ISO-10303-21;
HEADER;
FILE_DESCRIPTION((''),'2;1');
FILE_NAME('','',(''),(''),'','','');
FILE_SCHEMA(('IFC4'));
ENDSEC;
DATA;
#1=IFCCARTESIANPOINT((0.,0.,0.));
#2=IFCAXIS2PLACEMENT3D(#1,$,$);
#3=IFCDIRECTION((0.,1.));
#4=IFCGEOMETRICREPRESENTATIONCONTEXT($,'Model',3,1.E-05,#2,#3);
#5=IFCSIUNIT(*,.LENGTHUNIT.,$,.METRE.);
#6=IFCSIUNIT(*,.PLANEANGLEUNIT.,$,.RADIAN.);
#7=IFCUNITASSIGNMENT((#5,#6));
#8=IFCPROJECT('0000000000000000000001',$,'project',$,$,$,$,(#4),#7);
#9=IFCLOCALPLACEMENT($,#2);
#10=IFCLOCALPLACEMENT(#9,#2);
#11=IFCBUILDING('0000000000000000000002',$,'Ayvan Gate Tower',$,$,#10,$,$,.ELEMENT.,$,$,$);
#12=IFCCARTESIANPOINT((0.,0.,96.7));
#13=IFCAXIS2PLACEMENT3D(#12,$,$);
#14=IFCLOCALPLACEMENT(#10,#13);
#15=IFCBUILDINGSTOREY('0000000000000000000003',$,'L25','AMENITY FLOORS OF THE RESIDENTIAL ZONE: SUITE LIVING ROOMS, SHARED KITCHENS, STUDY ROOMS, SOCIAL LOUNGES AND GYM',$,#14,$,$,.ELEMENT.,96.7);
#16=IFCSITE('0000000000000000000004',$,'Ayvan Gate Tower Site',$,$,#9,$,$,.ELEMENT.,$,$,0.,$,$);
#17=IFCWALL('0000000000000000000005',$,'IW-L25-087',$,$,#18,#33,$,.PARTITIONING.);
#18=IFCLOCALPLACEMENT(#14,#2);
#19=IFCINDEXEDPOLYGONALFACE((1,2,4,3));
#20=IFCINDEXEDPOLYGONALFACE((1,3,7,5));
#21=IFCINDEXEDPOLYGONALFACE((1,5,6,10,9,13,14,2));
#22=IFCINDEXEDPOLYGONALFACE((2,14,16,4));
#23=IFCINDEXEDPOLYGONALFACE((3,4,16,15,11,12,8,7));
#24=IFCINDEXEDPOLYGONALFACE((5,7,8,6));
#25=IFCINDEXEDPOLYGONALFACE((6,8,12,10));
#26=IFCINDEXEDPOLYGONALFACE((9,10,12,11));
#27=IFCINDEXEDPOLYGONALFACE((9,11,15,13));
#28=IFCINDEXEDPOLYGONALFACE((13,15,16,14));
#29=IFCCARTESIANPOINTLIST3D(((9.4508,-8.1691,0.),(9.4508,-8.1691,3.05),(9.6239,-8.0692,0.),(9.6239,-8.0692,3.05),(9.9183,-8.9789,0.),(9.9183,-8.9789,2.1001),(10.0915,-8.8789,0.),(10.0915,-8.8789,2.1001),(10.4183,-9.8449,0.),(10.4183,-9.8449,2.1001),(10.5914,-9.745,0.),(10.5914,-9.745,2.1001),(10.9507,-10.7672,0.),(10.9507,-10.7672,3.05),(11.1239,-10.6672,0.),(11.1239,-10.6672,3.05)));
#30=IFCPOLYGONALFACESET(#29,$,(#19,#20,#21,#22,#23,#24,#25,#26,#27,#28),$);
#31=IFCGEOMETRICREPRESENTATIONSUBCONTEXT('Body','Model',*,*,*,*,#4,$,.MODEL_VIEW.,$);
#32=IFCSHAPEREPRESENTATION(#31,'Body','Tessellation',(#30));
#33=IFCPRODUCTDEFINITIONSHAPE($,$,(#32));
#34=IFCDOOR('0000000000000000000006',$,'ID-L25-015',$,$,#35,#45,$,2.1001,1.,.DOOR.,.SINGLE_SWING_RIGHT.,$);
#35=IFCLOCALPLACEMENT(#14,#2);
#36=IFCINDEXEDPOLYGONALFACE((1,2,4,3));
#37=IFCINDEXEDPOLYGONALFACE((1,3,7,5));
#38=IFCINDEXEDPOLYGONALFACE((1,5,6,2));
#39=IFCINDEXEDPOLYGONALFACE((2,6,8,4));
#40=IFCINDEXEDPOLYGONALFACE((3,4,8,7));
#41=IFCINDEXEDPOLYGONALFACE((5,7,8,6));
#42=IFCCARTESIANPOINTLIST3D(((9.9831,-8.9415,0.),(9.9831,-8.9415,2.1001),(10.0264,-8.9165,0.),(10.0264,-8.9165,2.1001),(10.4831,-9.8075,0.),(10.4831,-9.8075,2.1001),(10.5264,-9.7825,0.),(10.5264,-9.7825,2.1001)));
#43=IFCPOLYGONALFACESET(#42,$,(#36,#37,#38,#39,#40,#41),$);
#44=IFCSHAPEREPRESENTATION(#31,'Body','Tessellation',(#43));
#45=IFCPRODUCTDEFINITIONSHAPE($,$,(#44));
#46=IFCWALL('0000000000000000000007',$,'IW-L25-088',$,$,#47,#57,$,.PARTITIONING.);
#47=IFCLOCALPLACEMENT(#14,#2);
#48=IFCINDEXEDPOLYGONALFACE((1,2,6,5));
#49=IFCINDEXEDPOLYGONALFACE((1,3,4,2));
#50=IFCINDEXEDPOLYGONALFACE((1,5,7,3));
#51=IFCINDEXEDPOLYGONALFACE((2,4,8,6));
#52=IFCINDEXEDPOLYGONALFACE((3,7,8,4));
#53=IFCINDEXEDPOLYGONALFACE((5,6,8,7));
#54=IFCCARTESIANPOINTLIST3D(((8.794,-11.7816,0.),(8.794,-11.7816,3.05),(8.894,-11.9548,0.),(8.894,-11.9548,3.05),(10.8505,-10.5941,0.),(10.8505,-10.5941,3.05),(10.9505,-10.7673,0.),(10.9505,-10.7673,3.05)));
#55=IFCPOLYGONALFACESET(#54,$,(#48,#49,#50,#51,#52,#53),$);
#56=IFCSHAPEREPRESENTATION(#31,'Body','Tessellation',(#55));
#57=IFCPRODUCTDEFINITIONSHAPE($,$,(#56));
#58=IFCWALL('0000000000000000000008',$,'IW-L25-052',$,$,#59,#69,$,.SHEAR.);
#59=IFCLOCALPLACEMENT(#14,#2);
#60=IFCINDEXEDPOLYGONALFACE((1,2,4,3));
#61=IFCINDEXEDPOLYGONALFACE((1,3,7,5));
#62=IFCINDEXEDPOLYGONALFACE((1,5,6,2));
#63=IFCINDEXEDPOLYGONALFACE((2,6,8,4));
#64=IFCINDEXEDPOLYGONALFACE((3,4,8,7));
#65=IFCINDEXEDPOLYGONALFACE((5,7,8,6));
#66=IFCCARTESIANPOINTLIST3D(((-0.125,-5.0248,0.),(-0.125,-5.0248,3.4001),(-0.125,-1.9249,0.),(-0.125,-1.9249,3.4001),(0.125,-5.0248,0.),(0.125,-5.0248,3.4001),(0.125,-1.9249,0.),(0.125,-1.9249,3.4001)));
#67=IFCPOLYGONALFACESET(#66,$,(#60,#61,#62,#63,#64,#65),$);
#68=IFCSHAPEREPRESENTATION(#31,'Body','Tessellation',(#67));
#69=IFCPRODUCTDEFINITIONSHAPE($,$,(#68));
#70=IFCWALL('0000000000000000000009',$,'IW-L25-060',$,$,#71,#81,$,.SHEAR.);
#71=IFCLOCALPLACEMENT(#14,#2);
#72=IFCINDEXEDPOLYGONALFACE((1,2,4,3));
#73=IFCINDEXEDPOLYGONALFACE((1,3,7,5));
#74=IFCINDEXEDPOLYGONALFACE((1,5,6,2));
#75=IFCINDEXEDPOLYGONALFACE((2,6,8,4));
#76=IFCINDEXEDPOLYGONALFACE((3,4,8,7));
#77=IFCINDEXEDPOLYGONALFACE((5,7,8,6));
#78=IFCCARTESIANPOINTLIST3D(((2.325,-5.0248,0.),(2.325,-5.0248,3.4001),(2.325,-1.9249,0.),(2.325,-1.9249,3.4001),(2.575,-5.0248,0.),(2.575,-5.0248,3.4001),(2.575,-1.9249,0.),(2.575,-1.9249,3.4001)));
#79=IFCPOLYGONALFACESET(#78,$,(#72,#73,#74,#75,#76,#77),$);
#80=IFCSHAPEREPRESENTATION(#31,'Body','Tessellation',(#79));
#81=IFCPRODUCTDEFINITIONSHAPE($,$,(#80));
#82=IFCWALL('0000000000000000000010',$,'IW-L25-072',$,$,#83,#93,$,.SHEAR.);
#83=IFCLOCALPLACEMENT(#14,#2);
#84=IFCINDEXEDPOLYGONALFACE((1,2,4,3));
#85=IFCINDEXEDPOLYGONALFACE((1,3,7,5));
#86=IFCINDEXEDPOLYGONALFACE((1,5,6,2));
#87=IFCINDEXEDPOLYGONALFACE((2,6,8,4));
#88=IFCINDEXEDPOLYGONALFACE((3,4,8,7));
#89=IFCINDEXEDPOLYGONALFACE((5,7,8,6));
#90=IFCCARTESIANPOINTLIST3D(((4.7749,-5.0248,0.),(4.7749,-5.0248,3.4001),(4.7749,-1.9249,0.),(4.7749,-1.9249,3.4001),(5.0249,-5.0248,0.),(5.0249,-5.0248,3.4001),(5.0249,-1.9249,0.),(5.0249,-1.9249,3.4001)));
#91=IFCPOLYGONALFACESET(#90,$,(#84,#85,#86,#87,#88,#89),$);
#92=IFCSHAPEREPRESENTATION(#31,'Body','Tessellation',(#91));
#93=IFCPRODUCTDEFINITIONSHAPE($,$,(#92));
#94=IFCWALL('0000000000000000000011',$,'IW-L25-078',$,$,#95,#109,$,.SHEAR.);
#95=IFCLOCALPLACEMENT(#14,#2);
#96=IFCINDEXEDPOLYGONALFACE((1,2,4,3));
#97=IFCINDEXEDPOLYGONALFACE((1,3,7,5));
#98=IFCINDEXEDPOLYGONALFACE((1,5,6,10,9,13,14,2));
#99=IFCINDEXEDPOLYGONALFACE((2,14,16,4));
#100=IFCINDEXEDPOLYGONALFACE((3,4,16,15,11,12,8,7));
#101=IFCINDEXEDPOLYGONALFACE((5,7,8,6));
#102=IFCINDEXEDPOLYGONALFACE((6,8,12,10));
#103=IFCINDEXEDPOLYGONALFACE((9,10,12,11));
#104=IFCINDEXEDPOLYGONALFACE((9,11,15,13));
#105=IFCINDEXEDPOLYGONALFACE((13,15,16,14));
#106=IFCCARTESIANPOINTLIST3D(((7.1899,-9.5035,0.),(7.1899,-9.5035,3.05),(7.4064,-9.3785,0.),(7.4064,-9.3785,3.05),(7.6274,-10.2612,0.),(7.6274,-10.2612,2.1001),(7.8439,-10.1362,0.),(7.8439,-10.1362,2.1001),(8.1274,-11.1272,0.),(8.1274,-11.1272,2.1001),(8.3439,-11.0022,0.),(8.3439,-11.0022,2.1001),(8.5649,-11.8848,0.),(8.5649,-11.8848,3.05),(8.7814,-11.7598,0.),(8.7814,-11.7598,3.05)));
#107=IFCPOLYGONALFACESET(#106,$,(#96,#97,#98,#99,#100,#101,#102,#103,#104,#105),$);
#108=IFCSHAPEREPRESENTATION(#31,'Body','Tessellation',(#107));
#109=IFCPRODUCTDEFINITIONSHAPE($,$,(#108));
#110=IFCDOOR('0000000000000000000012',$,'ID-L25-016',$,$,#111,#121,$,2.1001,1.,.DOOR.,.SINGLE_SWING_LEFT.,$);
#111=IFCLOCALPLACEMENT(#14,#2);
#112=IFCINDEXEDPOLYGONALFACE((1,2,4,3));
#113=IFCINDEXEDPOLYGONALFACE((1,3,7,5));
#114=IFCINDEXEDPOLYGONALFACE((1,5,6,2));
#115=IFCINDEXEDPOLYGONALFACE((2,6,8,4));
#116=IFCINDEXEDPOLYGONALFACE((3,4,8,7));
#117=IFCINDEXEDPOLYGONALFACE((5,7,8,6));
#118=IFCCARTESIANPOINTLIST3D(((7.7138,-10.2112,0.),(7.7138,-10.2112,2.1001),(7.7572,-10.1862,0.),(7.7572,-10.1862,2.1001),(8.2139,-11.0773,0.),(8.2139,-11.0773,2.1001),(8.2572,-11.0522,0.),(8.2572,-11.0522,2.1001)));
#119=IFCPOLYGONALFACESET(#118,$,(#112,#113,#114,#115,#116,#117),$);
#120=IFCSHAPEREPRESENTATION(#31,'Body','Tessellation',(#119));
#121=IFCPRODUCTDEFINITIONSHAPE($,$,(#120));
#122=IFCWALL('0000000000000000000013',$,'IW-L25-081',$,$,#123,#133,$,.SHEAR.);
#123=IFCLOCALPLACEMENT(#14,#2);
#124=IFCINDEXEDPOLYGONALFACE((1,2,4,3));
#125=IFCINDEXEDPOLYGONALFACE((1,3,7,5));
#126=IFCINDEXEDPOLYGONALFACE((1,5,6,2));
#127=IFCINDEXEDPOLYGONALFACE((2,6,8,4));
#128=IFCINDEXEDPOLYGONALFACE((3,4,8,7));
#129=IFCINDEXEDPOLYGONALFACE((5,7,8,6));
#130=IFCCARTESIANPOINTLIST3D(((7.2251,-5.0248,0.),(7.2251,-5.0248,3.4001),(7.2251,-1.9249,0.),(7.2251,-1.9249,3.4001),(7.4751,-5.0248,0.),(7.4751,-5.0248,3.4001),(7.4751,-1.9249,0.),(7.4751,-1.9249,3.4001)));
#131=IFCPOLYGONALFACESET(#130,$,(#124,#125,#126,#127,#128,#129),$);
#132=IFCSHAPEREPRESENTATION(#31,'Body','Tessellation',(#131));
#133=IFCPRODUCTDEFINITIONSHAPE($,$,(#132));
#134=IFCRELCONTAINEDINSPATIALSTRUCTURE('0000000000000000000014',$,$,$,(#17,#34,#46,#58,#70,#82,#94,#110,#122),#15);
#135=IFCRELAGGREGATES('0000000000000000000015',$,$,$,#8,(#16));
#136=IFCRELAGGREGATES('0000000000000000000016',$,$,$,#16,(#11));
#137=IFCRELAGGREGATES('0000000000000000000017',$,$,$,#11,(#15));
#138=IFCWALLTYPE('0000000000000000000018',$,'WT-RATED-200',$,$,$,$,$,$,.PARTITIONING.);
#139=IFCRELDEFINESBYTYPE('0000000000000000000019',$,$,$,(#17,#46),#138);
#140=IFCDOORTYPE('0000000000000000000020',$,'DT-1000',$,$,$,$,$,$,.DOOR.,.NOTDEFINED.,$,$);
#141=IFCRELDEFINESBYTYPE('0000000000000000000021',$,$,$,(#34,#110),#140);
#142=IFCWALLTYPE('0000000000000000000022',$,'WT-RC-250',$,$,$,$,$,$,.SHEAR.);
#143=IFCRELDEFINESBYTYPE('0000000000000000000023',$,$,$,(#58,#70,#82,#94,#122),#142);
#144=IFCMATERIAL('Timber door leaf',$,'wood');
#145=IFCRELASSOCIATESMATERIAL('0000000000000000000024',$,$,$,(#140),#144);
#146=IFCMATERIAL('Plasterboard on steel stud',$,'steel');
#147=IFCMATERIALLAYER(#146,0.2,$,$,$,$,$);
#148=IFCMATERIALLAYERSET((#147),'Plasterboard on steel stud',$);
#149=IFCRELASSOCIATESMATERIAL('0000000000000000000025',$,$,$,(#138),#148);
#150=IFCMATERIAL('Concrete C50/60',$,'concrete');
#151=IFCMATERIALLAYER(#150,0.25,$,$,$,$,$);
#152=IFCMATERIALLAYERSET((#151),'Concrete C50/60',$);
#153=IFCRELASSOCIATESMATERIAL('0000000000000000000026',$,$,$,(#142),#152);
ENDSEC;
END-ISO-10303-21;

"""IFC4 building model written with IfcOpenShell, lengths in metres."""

from ifc_helpers import new_model, si_unit, direction, frame, frame_2d, origin, place, context, subcontext, project, spatial, rectangle, extrude, material, layer, layer_set, type_object, element, fill, save


model = new_model("IFC4")

# Units and contexts
model_context = context("Model", 3, precision=1e-05, world=origin(), true_north=direction((0.0, 1.0)))
body_context = subcontext(model_context, "Body", "Model", "MODEL_VIEW")
ifc_project = project(units=[si_unit("LENGTHUNIT", "METRE"), si_unit("PLANEANGLEUNIT", "RADIAN")], contexts=[model_context])

# Site, building, storey
site_placement = place(None, origin())
site = spatial("IfcSite", under=ifc_project, at=site_placement, Name="Ayvan Gate Tower Site", CompositionType="ELEMENT", RefElevation=0.0)
building_placement = place(site_placement, origin())
building = spatial("IfcBuilding", under=site, at=building_placement, Name="Ayvan Gate Tower", CompositionType="ELEMENT")
storey_placement = place(building_placement, frame((0.0, 0.0, 96.7)))
storey = spatial("IfcBuildingStorey", under=building, at=storey_placement, Name="L25", Description="AMENITY FLOORS OF THE RESIDENTIAL ZONE: SUITE LIVING ROOMS, SHARED KITCHENS, STUDY ROOMS, SOCIAL LOUNGES AND GYM", CompositionType="ELEMENT", Elevation=96.7)

# Shared definitions
ifc_material_1 = material(Name="Timber door leaf", Category="wood")

# Shared definitions
ifc_material_2 = material(Name="Plasterboard on steel stud", Category="steel")
door_type_1 = type_object("IfcDoorType", Name="DT-1000", OperationType="NOTDEFINED", PredefinedType="DOOR", material=ifc_material_1)

# Shared definitions
ifc_layer_1 = layer(ifc_material_2, 0.2)
ifc_layer_set_1 = layer_set([ifc_layer_1], Name="Plasterboard on steel stud")
wall_type_1 = type_object("IfcWallType", Name="WT-RATED-200", PredefinedType="PARTITIONING", material=ifc_layer_set_1)

# Wall, opening, door
wall_1_placement = place(storey_placement, frame((9.5374, -8.1191, 0.0), z_axis=(0.0, 0.0, 1.0), x_axis=(0.49999, -0.866031, 0.0)))
wall_1 = element("IfcWall", 1, at=wall_1_placement, inside=storey, type_object=wall_type_1, Name="IW-L25-087", PredefinedType="PARTITIONING", context=body_context, shape_type="SweptSolid", body=[
    extrude(rectangle(XDim=3.0, YDim=0.2, at=frame_2d((1.5, 0.0))), origin(), (0.0, 0.0, 1.0), 3.05),
])
opening_1_placement = place(wall_1_placement, frame((0.9351, 0.0, 0.0)))
opening_1 = element("IfcOpeningElement", 2, at=opening_1_placement, cuts=wall_1, PredefinedType="OPENING", context=body_context, shape_type="SweptSolid", body=[
    extrude(rectangle(XDim=1.0, YDim=2.1001, at=frame_2d((0.5, 1.05))), frame((0.0, 0.1099, 0.0), z_axis=(0.0, -1.0, 0.0), x_axis=(1.0, 0.0, 0.0)), (0.0, 0.0, 1.0), 0.22),
])
door_1_placement = place(opening_1_placement, origin())
door_1 = element("IfcDoor", 3, at=door_1_placement, inside=storey, type_object=door_type_1, Name="ID-L25-015", OperationType="SINGLE_SWING_RIGHT", OverallHeight=2.1001, OverallWidth=1.0, PredefinedType="DOOR", context=body_context, shape_type="SweptSolid", body=[
    extrude(rectangle(XDim=1.0, YDim=2.1001, at=frame_2d((0.5, 1.05))), frame((0.0, 0.0249, 0.0), z_axis=(0.0, -1.0, 0.0), x_axis=(1.0, 0.0, 0.0)), (0.0, 0.0, 1.0), 0.05),
])
fill(opening_1, door_1)

# Walls
wall_2_placement = place(storey_placement, frame((10.9006, -10.6807, 0.0), z_axis=(0.0, 0.0, 1.0), x_axis=(-0.866008, -0.500031, 0.0)))
element("IfcWall", 4, at=wall_2_placement, inside=storey, type_object=wall_type_1, Name="IW-L25-088", PredefinedType="PARTITIONING", context=body_context, shape_type="SweptSolid", body=[
    extrude(rectangle(XDim=2.3748, YDim=0.2, at=frame_2d((1.1875, 0.0))), origin(), (0.0, 0.0, 1.0), 3.05),
])
ifc_material_3 = material(Name="Concrete C50/60", Category="concrete")
ifc_layer_2 = layer(ifc_material_3, 0.25)
ifc_layer_set_2 = layer_set([ifc_layer_2], Name="Concrete C50/60")
wall_type_2 = type_object("IfcWallType", Name="WT-RC-250", PredefinedType="SHEAR", material=ifc_layer_set_2)
for number, where, z_axis, x_axis, name in (
    (5, (0.0, -1.925, 0.0), (0.0, 0.0, 1.0), (0.0, -1.0, 0.0), "IW-L25-052"),
    (6, (2.45, -1.925, 0.0), (0.0, 0.0, 1.0), (0.0, -1.0, 0.0), "IW-L25-060"),
    (7, (4.8999, -1.925, 0.0), (0.0, 0.0, 1.0), (0.0, -1.0, 0.0), "IW-L25-072"),
):
    element("IfcWall", number, at=place(storey_placement, frame(where, z_axis=z_axis, x_axis=x_axis)), inside=storey, type_object=wall_type_2, Name=name, PredefinedType="SHEAR", context=body_context, shape_type="SweptSolid", body=[
        extrude(rectangle(XDim=3.0999, YDim=0.25, at=frame_2d((1.5498, 0.0))), origin(), (0.0, 0.0, 1.0), 3.4001),
    ])

# Wall, opening, door
wall_3_placement = place(storey_placement, frame((7.2981, -9.4409, 0.0), z_axis=(0.0, 0.0, 1.0), x_axis=(0.500035, -0.866005, 0.0)))
wall_3 = element("IfcWall", 8, at=wall_3_placement, inside=storey, type_object=wall_type_2, Name="IW-L25-078", PredefinedType="SHEAR", context=body_context, shape_type="SweptSolid", body=[
    extrude(rectangle(XDim=2.7498, YDim=0.25, at=frame_2d((1.375, 0.0))), origin(), (0.0, 0.0, 1.0), 3.05),
])
opening_2_placement = place(wall_3_placement, frame((0.875, 0.0, 0.0)))
opening_2 = element("IfcOpeningElement", 9, at=opening_2_placement, cuts=wall_3, PredefinedType="OPENING", context=body_context, shape_type="SweptSolid", body=[
    extrude(rectangle(XDim=1.0, YDim=2.1001, at=frame_2d((0.5, 1.05))), frame((0.0, 0.135, 0.0), z_axis=(0.0, -1.0, 0.0), x_axis=(1.0, 0.0, 0.0)), (0.0, 0.0, 1.0), 0.27),
])
door_2_placement = place(opening_2_placement, origin())
door_2 = element("IfcDoor", 10, at=door_2_placement, inside=storey, type_object=door_type_1, Name="ID-L25-016", OperationType="SINGLE_SWING_LEFT", OverallHeight=2.1001, OverallWidth=1.0, PredefinedType="DOOR", context=body_context, shape_type="SweptSolid", body=[
    extrude(rectangle(XDim=1.0, YDim=2.1001, at=frame_2d((0.5, 1.05))), frame((0.0, 0.0249, 0.0), z_axis=(0.0, -1.0, 0.0), x_axis=(1.0, 0.0, 0.0)), (0.0, 0.0, 1.0), 0.05),
])
fill(opening_2, door_2)

# Wall
wall_4_placement = place(storey_placement, frame((7.3501, -1.925, 0.0), z_axis=(0.0, 0.0, 1.0), x_axis=(0.0, -1.0, 0.0)))
element("IfcWall", 11, at=wall_4_placement, inside=storey, type_object=wall_type_2, Name="IW-L25-081", PredefinedType="SHEAR", context=body_context, shape_type="SweptSolid", body=[
    extrude(rectangle(XDim=3.0999, YDim=0.25, at=frame_2d((1.5498, 0.0))), origin(), (0.0, 0.0, 1.0), 3.4001),
])

save(model, "model.ifc")
